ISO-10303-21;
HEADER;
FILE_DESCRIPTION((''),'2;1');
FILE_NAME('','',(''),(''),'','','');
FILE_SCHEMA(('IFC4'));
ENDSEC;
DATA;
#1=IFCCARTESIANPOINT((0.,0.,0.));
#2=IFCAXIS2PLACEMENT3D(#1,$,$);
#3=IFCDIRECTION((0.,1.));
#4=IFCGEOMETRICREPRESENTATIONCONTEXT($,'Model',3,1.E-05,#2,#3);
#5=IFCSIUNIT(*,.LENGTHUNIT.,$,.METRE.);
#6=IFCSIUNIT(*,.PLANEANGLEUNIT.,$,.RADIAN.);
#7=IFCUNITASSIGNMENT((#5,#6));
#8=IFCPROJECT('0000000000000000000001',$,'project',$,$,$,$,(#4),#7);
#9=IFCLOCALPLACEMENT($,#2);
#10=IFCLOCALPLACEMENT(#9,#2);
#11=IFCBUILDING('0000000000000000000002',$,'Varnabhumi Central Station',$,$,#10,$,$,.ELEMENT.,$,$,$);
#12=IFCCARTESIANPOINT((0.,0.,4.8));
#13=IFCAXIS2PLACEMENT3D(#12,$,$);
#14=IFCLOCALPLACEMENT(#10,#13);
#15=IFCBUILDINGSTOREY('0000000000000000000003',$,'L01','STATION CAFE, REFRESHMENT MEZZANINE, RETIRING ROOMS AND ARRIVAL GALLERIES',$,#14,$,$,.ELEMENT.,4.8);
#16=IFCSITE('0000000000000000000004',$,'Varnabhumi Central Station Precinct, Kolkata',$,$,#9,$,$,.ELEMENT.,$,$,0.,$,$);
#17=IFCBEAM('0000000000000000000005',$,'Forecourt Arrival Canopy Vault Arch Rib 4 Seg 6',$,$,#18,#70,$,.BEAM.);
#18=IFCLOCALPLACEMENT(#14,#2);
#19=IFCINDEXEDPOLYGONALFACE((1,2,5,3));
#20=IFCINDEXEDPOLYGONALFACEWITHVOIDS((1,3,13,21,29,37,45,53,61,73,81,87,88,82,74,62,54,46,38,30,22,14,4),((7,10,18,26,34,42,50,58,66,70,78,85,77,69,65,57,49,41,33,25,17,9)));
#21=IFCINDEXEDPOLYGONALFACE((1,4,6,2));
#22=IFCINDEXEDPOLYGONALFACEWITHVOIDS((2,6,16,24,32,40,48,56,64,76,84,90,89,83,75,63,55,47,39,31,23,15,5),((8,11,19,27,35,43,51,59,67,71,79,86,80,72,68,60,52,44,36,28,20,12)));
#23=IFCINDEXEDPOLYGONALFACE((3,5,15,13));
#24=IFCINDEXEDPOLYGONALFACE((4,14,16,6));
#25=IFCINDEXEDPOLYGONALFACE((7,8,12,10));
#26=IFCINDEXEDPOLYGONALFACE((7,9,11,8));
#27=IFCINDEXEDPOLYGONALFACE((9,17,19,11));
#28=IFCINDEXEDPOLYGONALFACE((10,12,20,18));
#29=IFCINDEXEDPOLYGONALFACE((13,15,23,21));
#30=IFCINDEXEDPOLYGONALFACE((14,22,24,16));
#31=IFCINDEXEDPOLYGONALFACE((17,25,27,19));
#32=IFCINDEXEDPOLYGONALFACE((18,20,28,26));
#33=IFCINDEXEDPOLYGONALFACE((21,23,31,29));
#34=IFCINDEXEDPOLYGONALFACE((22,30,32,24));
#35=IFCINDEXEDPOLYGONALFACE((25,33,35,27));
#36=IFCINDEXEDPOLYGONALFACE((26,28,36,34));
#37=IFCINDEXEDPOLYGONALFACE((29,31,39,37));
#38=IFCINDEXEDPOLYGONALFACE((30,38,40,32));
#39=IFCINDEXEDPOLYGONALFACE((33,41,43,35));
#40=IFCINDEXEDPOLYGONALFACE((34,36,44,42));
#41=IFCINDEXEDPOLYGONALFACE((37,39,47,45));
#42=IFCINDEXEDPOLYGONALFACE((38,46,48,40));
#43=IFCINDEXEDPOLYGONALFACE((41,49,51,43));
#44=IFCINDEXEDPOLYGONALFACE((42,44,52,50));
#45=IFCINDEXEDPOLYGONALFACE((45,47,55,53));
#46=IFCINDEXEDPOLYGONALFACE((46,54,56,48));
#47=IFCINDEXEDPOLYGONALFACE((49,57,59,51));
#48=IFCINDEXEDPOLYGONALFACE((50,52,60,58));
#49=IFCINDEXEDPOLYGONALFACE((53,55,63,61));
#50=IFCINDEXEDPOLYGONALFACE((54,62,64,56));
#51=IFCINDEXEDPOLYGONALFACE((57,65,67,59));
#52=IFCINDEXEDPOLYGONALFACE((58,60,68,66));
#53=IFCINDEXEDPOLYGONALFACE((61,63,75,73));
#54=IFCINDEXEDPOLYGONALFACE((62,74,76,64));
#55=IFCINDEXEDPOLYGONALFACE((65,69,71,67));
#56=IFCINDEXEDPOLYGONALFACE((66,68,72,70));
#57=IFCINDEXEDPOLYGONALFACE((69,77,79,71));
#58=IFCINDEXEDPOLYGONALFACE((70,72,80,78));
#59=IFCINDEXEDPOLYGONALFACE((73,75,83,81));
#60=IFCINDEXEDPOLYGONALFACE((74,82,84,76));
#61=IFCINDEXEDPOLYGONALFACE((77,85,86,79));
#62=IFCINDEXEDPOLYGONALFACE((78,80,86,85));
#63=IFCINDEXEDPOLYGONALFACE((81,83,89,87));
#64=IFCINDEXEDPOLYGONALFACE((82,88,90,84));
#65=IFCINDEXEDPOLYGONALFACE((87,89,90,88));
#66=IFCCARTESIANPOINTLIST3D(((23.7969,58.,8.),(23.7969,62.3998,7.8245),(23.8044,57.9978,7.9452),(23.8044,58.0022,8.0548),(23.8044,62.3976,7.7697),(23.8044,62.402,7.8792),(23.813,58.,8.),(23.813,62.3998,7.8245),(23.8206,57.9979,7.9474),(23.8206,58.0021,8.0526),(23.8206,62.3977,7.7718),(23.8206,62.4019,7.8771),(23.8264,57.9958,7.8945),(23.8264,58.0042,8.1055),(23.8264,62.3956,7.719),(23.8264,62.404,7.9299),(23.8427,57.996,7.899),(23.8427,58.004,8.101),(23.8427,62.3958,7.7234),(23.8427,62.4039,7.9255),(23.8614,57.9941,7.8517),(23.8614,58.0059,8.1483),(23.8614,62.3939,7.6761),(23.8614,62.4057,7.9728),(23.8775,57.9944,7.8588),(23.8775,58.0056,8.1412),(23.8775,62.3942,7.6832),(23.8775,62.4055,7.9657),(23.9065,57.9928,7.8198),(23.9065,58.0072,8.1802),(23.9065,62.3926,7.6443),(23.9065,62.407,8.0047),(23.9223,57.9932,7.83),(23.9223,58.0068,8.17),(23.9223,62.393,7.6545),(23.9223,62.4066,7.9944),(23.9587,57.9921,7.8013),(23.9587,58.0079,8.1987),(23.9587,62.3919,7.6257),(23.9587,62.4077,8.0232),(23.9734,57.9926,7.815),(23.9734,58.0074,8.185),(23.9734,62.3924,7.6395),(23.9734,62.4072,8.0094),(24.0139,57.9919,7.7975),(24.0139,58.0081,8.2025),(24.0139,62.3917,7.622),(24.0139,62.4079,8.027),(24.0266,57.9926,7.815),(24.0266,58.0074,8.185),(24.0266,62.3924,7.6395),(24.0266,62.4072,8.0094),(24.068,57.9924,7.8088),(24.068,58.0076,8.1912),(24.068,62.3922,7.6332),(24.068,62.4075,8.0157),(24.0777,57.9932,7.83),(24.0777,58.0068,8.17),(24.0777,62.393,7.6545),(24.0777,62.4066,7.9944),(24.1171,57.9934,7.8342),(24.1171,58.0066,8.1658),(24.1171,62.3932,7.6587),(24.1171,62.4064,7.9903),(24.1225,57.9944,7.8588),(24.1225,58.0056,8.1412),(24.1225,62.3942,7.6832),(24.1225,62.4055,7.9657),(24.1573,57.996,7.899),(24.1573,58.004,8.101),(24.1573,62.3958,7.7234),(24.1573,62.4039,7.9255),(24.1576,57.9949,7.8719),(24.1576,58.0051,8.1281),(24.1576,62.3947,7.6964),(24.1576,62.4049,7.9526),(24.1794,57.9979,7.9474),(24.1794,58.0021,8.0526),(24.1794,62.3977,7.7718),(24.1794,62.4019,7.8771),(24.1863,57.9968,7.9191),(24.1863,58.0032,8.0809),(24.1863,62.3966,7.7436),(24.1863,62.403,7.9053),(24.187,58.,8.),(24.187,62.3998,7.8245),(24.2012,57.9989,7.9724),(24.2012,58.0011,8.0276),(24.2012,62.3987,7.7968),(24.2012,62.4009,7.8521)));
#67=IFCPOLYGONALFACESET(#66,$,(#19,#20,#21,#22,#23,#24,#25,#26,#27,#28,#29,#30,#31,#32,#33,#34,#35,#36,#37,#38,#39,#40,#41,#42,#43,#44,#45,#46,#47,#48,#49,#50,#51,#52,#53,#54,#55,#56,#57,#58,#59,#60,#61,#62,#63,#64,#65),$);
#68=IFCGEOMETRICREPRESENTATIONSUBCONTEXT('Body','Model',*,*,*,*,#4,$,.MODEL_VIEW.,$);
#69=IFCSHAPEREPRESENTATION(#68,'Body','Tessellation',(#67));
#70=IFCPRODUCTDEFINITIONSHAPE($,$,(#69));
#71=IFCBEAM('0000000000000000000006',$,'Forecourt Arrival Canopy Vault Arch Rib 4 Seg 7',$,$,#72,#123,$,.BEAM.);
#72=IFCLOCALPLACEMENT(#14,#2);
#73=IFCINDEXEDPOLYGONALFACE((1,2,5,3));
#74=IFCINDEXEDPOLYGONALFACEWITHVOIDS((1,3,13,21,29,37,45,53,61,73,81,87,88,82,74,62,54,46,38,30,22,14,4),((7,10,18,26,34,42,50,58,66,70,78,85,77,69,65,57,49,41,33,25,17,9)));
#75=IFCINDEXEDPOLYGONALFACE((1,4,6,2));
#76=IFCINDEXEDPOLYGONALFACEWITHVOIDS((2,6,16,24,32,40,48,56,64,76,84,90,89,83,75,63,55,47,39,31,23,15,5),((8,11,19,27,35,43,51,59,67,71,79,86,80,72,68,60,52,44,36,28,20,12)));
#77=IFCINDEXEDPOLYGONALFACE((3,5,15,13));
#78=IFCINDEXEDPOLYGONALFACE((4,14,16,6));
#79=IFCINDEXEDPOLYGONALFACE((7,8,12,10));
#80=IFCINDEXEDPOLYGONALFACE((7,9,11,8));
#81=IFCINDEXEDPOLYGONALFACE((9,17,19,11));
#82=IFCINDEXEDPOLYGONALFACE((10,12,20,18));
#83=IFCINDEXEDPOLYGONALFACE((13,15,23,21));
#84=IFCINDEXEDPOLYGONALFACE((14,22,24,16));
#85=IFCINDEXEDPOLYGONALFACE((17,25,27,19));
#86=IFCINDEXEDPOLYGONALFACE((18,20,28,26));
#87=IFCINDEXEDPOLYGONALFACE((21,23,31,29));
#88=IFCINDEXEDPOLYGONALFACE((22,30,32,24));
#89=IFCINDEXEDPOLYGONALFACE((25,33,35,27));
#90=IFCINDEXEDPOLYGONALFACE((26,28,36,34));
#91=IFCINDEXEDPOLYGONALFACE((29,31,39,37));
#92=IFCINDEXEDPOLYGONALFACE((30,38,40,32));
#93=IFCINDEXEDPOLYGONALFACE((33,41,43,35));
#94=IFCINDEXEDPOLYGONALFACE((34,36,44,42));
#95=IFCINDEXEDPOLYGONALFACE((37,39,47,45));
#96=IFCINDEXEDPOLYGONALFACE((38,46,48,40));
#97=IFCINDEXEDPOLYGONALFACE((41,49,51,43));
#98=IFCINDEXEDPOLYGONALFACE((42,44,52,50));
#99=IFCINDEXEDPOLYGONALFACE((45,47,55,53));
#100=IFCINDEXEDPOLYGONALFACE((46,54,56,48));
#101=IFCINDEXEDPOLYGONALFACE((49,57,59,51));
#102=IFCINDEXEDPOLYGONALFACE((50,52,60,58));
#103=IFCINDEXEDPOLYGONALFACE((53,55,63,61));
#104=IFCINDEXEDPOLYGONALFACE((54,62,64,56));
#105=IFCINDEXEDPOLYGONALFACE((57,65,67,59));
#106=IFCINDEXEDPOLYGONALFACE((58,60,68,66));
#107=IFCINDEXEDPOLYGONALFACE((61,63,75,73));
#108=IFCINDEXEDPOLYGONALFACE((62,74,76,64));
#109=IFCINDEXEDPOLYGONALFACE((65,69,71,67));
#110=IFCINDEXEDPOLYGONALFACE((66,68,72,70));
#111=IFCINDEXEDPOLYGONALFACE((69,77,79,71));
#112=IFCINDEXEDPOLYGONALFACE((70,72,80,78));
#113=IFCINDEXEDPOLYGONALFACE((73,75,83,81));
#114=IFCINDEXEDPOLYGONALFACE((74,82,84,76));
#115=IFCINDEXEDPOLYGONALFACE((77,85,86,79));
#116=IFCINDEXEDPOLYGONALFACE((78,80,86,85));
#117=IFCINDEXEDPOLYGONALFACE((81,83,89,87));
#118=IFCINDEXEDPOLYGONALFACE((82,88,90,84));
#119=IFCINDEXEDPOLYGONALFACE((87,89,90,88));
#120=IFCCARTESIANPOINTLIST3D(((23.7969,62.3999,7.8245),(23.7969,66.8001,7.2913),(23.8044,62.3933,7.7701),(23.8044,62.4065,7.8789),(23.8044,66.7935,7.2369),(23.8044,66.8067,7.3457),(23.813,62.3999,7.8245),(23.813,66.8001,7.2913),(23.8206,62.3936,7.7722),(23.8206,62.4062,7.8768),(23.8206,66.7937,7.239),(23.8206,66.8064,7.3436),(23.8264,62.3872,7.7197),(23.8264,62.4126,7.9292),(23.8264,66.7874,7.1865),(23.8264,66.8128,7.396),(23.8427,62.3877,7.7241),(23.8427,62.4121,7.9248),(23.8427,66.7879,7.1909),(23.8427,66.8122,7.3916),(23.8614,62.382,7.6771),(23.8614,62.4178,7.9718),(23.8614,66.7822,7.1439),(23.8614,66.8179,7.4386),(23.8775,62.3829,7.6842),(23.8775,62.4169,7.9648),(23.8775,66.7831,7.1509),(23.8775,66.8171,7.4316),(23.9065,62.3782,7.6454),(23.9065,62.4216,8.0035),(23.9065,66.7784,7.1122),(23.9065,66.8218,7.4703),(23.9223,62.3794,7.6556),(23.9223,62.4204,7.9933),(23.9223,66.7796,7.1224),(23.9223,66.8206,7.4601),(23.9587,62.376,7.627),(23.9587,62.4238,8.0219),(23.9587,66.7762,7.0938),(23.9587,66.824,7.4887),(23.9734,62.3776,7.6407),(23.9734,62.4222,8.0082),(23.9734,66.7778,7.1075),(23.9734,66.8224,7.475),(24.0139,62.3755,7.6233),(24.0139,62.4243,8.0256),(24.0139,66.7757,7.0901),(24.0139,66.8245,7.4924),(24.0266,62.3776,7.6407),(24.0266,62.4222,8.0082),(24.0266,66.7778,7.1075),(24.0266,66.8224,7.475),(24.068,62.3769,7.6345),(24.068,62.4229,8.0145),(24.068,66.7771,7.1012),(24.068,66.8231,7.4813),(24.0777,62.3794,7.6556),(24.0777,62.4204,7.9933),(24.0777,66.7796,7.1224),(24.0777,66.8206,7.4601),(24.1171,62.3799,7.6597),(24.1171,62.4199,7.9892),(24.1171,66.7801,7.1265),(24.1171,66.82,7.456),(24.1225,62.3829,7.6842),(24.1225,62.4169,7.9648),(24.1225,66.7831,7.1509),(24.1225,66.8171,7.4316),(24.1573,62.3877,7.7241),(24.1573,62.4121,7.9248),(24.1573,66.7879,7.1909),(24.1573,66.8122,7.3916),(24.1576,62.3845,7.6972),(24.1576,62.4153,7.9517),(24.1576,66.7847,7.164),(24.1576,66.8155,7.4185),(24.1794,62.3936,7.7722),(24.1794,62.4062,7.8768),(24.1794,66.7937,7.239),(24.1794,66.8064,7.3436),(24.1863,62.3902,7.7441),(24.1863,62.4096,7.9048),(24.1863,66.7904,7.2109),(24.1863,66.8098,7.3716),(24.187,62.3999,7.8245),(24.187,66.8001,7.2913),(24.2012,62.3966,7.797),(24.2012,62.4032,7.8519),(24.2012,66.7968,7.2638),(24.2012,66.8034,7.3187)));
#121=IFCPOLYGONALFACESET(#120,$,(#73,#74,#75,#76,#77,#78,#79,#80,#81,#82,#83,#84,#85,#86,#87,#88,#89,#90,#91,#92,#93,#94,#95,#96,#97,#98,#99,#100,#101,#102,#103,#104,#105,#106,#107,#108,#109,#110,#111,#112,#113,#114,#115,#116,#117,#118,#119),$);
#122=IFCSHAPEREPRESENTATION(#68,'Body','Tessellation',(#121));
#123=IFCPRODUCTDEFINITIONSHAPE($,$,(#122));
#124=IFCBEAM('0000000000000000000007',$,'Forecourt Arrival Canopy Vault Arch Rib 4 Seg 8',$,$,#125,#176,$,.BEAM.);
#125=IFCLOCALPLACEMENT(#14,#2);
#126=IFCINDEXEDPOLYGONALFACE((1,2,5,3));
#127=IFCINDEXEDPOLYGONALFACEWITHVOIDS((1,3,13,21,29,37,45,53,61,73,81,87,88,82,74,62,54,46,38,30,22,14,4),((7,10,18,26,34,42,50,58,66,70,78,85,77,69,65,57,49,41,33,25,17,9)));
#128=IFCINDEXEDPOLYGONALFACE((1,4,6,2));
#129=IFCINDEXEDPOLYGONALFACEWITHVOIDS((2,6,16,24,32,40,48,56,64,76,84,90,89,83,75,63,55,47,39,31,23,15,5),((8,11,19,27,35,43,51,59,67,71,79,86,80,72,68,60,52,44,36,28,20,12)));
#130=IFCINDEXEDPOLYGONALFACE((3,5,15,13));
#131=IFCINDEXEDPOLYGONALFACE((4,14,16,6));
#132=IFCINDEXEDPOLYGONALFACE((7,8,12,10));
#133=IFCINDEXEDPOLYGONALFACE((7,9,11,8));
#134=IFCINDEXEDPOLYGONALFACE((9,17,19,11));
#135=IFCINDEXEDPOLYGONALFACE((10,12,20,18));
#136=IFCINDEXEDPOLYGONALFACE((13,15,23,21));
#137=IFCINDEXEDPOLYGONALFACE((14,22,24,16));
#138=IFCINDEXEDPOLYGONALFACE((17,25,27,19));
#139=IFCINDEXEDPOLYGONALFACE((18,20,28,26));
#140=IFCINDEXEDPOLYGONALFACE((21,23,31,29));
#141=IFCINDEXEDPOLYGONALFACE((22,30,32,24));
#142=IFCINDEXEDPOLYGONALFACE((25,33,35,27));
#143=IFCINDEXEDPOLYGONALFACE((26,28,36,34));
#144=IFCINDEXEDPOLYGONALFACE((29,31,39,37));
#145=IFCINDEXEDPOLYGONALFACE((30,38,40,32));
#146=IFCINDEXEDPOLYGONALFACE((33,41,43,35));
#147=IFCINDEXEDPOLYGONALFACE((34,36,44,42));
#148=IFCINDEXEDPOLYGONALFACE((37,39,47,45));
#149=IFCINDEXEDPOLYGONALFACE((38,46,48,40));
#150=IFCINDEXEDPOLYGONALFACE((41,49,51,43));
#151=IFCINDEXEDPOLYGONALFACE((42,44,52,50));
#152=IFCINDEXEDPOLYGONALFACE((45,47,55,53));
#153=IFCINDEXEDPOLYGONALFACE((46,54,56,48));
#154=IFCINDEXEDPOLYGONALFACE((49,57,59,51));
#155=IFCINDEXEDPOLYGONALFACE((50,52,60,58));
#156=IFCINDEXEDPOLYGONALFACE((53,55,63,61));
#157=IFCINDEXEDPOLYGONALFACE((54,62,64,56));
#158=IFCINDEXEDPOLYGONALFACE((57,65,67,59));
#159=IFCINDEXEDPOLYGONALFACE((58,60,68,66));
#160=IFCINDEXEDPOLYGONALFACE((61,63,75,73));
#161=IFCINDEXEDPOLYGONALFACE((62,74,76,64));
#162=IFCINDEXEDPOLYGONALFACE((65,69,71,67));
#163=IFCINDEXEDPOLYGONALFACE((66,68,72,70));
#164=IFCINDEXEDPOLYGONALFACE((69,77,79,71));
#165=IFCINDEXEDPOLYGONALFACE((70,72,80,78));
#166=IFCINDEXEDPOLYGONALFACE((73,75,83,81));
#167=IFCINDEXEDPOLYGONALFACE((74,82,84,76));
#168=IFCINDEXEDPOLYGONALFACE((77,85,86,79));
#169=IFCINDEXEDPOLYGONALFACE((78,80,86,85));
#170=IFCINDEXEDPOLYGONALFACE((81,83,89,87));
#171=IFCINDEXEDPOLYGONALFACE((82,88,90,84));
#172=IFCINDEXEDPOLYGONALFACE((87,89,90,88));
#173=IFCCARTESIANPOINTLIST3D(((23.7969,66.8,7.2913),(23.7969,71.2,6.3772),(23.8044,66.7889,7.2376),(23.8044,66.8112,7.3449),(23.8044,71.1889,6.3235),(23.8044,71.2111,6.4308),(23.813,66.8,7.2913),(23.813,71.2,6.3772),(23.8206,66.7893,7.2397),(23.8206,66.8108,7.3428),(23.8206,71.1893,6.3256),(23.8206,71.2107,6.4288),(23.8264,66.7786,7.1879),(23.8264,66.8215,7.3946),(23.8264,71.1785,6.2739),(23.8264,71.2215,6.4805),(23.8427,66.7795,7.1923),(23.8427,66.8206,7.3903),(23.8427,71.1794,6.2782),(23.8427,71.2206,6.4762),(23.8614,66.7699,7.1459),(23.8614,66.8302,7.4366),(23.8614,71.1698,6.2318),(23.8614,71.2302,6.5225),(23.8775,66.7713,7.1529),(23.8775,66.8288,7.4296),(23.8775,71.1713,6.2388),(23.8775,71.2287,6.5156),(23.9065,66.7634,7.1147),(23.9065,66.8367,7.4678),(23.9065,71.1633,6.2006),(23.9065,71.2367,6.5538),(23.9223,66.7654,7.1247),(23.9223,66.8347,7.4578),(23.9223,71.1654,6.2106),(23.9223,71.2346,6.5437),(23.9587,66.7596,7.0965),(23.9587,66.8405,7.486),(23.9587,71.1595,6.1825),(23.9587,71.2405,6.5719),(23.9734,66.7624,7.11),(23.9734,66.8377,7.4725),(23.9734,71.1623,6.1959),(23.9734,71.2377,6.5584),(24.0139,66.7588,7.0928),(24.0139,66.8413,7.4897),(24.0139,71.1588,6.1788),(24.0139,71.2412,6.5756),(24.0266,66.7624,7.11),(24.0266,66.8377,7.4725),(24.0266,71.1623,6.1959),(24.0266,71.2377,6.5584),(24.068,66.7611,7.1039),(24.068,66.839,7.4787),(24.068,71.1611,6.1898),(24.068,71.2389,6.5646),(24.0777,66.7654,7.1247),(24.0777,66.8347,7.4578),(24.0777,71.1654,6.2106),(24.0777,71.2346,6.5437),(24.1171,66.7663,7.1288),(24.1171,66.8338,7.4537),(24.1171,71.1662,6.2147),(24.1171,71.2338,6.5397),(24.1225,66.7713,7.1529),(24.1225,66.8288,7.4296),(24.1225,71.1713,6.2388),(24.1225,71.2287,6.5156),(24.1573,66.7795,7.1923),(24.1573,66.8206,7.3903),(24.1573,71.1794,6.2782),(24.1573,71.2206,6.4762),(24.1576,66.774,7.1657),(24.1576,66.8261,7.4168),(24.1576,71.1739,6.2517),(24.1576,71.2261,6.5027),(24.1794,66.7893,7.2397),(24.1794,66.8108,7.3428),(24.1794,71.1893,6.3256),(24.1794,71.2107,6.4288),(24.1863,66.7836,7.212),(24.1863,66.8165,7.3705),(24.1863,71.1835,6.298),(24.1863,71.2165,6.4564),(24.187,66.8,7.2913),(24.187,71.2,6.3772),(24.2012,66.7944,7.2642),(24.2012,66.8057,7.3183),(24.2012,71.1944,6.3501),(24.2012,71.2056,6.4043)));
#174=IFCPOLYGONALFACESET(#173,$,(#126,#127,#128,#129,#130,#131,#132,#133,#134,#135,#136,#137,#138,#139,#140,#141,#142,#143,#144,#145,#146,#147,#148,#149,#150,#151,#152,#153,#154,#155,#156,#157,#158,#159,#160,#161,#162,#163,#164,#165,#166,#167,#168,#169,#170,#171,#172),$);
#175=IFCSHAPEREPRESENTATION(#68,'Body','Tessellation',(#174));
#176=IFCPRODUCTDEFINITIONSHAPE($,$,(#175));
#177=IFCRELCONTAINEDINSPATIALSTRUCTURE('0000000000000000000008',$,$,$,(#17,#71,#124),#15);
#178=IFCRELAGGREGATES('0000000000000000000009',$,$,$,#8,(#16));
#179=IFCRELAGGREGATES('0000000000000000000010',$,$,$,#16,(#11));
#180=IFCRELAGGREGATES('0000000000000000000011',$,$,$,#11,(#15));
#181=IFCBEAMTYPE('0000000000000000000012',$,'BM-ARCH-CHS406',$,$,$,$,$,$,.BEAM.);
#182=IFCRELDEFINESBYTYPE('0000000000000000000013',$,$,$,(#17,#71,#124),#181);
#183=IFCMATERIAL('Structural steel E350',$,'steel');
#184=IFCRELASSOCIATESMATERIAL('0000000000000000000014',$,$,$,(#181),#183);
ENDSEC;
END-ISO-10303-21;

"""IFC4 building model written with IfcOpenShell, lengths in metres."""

from ifc_helpers import new_model, si_unit, direction, frame, origin, origin_2d, place, context, subcontext, project, spatial, hollow_circle, extrude, material, material_profile, profile_set, type_object, element, save


model = new_model("IFC4")

# Units and contexts
model_context = context("Model", 3, precision=1e-05, world=origin(), true_north=direction((0.0, 1.0)))
body_context = subcontext(model_context, "Body", "Model", "MODEL_VIEW")
ifc_project = project(units=[si_unit("LENGTHUNIT", "METRE"), si_unit("PLANEANGLEUNIT", "RADIAN")], contexts=[model_context])

# Site, building, storey
site_placement = place(None, origin())
site = spatial("IfcSite", under=ifc_project, at=site_placement, Name="Varnabhumi Central Station Precinct, Kolkata", CompositionType="ELEMENT", RefElevation=0.0)
building_placement = place(site_placement, origin())
building = spatial("IfcBuilding", under=site, at=building_placement, Name="Varnabhumi Central Station", CompositionType="ELEMENT")
storey_placement = place(building_placement, frame((0.0, 0.0, 4.8)))
storey = spatial("IfcBuildingStorey", under=building, at=storey_placement, Name="L01", Description="STATION CAFE, REFRESHMENT MEZZANINE, RETIRING ROOMS AND ARRIVAL GALLERIES", CompositionType="ELEMENT", Elevation=4.8)

# Beams
ifc_material_1 = material(Name="Structural steel E350", Category="steel")
ifc_material_profile_1 = material_profile(ifc_material_1, hollow_circle(Radius=0.2031, WallThickness=0.0161, at=origin_2d()), Name="Structural steel E350", Category="steel")
ifc_profile_set_1 = profile_set([ifc_material_profile_1], Name="Structural steel E350")
beam_type_1 = type_object("IfcBeamType", Name="BM-ARCH-CHS406", PredefinedType="BEAM", material=ifc_profile_set_1)
beam_1_placement = place(storey_placement, frame((24.0, 58.0, 8.0), z_axis=(0.0, 0.999205, -0.039864), x_axis=(-1.0, 0.0, 0.0)))
element("IfcBeam", 1, at=beam_1_placement, inside=storey, type_object=beam_type_1, Name="Forecourt Arrival Canopy Vault Arch Rib 4 Seg 6", PredefinedType="BEAM", context=body_context, shape_type="SweptSolid", body=[
    extrude(hollow_circle(Radius=0.2031, WallThickness=0.0161, at=origin_2d()), origin(), (0.0, 0.0, 1.0), 4.4033),
])
beam_2_placement = place(storey_placement, frame((24.0, 62.3999, 7.8245), z_axis=(0.0, 0.992738, -0.120298), x_axis=(-1.0, 0.0, 0.0)))
element("IfcBeam", 2, at=beam_2_placement, inside=storey, type_object=beam_type_1, Name="Forecourt Arrival Canopy Vault Arch Rib 4 Seg 7", PredefinedType="BEAM", context=body_context, shape_type="SweptSolid", body=[
    extrude(hollow_circle(Radius=0.2031, WallThickness=0.0161, at=origin_2d()), origin(), (0.0, 0.0, 1.0), 4.4324),
])
beam_3_placement = place(storey_placement, frame((24.0, 66.8, 7.2913), z_axis=(0.0, 0.979095, -0.203403), x_axis=(-1.0, 0.0, 0.0)))
element("IfcBeam", 3, at=beam_3_placement, inside=storey, type_object=beam_type_1, Name="Forecourt Arrival Canopy Vault Arch Rib 4 Seg 8", PredefinedType="BEAM", context=body_context, shape_type="SweptSolid", body=[
    extrude(hollow_circle(Radius=0.2031, WallThickness=0.0161, at=origin_2d()), origin(), (0.0, 0.0, 1.0), 4.4939),
])

save(model, "model.ifc")
